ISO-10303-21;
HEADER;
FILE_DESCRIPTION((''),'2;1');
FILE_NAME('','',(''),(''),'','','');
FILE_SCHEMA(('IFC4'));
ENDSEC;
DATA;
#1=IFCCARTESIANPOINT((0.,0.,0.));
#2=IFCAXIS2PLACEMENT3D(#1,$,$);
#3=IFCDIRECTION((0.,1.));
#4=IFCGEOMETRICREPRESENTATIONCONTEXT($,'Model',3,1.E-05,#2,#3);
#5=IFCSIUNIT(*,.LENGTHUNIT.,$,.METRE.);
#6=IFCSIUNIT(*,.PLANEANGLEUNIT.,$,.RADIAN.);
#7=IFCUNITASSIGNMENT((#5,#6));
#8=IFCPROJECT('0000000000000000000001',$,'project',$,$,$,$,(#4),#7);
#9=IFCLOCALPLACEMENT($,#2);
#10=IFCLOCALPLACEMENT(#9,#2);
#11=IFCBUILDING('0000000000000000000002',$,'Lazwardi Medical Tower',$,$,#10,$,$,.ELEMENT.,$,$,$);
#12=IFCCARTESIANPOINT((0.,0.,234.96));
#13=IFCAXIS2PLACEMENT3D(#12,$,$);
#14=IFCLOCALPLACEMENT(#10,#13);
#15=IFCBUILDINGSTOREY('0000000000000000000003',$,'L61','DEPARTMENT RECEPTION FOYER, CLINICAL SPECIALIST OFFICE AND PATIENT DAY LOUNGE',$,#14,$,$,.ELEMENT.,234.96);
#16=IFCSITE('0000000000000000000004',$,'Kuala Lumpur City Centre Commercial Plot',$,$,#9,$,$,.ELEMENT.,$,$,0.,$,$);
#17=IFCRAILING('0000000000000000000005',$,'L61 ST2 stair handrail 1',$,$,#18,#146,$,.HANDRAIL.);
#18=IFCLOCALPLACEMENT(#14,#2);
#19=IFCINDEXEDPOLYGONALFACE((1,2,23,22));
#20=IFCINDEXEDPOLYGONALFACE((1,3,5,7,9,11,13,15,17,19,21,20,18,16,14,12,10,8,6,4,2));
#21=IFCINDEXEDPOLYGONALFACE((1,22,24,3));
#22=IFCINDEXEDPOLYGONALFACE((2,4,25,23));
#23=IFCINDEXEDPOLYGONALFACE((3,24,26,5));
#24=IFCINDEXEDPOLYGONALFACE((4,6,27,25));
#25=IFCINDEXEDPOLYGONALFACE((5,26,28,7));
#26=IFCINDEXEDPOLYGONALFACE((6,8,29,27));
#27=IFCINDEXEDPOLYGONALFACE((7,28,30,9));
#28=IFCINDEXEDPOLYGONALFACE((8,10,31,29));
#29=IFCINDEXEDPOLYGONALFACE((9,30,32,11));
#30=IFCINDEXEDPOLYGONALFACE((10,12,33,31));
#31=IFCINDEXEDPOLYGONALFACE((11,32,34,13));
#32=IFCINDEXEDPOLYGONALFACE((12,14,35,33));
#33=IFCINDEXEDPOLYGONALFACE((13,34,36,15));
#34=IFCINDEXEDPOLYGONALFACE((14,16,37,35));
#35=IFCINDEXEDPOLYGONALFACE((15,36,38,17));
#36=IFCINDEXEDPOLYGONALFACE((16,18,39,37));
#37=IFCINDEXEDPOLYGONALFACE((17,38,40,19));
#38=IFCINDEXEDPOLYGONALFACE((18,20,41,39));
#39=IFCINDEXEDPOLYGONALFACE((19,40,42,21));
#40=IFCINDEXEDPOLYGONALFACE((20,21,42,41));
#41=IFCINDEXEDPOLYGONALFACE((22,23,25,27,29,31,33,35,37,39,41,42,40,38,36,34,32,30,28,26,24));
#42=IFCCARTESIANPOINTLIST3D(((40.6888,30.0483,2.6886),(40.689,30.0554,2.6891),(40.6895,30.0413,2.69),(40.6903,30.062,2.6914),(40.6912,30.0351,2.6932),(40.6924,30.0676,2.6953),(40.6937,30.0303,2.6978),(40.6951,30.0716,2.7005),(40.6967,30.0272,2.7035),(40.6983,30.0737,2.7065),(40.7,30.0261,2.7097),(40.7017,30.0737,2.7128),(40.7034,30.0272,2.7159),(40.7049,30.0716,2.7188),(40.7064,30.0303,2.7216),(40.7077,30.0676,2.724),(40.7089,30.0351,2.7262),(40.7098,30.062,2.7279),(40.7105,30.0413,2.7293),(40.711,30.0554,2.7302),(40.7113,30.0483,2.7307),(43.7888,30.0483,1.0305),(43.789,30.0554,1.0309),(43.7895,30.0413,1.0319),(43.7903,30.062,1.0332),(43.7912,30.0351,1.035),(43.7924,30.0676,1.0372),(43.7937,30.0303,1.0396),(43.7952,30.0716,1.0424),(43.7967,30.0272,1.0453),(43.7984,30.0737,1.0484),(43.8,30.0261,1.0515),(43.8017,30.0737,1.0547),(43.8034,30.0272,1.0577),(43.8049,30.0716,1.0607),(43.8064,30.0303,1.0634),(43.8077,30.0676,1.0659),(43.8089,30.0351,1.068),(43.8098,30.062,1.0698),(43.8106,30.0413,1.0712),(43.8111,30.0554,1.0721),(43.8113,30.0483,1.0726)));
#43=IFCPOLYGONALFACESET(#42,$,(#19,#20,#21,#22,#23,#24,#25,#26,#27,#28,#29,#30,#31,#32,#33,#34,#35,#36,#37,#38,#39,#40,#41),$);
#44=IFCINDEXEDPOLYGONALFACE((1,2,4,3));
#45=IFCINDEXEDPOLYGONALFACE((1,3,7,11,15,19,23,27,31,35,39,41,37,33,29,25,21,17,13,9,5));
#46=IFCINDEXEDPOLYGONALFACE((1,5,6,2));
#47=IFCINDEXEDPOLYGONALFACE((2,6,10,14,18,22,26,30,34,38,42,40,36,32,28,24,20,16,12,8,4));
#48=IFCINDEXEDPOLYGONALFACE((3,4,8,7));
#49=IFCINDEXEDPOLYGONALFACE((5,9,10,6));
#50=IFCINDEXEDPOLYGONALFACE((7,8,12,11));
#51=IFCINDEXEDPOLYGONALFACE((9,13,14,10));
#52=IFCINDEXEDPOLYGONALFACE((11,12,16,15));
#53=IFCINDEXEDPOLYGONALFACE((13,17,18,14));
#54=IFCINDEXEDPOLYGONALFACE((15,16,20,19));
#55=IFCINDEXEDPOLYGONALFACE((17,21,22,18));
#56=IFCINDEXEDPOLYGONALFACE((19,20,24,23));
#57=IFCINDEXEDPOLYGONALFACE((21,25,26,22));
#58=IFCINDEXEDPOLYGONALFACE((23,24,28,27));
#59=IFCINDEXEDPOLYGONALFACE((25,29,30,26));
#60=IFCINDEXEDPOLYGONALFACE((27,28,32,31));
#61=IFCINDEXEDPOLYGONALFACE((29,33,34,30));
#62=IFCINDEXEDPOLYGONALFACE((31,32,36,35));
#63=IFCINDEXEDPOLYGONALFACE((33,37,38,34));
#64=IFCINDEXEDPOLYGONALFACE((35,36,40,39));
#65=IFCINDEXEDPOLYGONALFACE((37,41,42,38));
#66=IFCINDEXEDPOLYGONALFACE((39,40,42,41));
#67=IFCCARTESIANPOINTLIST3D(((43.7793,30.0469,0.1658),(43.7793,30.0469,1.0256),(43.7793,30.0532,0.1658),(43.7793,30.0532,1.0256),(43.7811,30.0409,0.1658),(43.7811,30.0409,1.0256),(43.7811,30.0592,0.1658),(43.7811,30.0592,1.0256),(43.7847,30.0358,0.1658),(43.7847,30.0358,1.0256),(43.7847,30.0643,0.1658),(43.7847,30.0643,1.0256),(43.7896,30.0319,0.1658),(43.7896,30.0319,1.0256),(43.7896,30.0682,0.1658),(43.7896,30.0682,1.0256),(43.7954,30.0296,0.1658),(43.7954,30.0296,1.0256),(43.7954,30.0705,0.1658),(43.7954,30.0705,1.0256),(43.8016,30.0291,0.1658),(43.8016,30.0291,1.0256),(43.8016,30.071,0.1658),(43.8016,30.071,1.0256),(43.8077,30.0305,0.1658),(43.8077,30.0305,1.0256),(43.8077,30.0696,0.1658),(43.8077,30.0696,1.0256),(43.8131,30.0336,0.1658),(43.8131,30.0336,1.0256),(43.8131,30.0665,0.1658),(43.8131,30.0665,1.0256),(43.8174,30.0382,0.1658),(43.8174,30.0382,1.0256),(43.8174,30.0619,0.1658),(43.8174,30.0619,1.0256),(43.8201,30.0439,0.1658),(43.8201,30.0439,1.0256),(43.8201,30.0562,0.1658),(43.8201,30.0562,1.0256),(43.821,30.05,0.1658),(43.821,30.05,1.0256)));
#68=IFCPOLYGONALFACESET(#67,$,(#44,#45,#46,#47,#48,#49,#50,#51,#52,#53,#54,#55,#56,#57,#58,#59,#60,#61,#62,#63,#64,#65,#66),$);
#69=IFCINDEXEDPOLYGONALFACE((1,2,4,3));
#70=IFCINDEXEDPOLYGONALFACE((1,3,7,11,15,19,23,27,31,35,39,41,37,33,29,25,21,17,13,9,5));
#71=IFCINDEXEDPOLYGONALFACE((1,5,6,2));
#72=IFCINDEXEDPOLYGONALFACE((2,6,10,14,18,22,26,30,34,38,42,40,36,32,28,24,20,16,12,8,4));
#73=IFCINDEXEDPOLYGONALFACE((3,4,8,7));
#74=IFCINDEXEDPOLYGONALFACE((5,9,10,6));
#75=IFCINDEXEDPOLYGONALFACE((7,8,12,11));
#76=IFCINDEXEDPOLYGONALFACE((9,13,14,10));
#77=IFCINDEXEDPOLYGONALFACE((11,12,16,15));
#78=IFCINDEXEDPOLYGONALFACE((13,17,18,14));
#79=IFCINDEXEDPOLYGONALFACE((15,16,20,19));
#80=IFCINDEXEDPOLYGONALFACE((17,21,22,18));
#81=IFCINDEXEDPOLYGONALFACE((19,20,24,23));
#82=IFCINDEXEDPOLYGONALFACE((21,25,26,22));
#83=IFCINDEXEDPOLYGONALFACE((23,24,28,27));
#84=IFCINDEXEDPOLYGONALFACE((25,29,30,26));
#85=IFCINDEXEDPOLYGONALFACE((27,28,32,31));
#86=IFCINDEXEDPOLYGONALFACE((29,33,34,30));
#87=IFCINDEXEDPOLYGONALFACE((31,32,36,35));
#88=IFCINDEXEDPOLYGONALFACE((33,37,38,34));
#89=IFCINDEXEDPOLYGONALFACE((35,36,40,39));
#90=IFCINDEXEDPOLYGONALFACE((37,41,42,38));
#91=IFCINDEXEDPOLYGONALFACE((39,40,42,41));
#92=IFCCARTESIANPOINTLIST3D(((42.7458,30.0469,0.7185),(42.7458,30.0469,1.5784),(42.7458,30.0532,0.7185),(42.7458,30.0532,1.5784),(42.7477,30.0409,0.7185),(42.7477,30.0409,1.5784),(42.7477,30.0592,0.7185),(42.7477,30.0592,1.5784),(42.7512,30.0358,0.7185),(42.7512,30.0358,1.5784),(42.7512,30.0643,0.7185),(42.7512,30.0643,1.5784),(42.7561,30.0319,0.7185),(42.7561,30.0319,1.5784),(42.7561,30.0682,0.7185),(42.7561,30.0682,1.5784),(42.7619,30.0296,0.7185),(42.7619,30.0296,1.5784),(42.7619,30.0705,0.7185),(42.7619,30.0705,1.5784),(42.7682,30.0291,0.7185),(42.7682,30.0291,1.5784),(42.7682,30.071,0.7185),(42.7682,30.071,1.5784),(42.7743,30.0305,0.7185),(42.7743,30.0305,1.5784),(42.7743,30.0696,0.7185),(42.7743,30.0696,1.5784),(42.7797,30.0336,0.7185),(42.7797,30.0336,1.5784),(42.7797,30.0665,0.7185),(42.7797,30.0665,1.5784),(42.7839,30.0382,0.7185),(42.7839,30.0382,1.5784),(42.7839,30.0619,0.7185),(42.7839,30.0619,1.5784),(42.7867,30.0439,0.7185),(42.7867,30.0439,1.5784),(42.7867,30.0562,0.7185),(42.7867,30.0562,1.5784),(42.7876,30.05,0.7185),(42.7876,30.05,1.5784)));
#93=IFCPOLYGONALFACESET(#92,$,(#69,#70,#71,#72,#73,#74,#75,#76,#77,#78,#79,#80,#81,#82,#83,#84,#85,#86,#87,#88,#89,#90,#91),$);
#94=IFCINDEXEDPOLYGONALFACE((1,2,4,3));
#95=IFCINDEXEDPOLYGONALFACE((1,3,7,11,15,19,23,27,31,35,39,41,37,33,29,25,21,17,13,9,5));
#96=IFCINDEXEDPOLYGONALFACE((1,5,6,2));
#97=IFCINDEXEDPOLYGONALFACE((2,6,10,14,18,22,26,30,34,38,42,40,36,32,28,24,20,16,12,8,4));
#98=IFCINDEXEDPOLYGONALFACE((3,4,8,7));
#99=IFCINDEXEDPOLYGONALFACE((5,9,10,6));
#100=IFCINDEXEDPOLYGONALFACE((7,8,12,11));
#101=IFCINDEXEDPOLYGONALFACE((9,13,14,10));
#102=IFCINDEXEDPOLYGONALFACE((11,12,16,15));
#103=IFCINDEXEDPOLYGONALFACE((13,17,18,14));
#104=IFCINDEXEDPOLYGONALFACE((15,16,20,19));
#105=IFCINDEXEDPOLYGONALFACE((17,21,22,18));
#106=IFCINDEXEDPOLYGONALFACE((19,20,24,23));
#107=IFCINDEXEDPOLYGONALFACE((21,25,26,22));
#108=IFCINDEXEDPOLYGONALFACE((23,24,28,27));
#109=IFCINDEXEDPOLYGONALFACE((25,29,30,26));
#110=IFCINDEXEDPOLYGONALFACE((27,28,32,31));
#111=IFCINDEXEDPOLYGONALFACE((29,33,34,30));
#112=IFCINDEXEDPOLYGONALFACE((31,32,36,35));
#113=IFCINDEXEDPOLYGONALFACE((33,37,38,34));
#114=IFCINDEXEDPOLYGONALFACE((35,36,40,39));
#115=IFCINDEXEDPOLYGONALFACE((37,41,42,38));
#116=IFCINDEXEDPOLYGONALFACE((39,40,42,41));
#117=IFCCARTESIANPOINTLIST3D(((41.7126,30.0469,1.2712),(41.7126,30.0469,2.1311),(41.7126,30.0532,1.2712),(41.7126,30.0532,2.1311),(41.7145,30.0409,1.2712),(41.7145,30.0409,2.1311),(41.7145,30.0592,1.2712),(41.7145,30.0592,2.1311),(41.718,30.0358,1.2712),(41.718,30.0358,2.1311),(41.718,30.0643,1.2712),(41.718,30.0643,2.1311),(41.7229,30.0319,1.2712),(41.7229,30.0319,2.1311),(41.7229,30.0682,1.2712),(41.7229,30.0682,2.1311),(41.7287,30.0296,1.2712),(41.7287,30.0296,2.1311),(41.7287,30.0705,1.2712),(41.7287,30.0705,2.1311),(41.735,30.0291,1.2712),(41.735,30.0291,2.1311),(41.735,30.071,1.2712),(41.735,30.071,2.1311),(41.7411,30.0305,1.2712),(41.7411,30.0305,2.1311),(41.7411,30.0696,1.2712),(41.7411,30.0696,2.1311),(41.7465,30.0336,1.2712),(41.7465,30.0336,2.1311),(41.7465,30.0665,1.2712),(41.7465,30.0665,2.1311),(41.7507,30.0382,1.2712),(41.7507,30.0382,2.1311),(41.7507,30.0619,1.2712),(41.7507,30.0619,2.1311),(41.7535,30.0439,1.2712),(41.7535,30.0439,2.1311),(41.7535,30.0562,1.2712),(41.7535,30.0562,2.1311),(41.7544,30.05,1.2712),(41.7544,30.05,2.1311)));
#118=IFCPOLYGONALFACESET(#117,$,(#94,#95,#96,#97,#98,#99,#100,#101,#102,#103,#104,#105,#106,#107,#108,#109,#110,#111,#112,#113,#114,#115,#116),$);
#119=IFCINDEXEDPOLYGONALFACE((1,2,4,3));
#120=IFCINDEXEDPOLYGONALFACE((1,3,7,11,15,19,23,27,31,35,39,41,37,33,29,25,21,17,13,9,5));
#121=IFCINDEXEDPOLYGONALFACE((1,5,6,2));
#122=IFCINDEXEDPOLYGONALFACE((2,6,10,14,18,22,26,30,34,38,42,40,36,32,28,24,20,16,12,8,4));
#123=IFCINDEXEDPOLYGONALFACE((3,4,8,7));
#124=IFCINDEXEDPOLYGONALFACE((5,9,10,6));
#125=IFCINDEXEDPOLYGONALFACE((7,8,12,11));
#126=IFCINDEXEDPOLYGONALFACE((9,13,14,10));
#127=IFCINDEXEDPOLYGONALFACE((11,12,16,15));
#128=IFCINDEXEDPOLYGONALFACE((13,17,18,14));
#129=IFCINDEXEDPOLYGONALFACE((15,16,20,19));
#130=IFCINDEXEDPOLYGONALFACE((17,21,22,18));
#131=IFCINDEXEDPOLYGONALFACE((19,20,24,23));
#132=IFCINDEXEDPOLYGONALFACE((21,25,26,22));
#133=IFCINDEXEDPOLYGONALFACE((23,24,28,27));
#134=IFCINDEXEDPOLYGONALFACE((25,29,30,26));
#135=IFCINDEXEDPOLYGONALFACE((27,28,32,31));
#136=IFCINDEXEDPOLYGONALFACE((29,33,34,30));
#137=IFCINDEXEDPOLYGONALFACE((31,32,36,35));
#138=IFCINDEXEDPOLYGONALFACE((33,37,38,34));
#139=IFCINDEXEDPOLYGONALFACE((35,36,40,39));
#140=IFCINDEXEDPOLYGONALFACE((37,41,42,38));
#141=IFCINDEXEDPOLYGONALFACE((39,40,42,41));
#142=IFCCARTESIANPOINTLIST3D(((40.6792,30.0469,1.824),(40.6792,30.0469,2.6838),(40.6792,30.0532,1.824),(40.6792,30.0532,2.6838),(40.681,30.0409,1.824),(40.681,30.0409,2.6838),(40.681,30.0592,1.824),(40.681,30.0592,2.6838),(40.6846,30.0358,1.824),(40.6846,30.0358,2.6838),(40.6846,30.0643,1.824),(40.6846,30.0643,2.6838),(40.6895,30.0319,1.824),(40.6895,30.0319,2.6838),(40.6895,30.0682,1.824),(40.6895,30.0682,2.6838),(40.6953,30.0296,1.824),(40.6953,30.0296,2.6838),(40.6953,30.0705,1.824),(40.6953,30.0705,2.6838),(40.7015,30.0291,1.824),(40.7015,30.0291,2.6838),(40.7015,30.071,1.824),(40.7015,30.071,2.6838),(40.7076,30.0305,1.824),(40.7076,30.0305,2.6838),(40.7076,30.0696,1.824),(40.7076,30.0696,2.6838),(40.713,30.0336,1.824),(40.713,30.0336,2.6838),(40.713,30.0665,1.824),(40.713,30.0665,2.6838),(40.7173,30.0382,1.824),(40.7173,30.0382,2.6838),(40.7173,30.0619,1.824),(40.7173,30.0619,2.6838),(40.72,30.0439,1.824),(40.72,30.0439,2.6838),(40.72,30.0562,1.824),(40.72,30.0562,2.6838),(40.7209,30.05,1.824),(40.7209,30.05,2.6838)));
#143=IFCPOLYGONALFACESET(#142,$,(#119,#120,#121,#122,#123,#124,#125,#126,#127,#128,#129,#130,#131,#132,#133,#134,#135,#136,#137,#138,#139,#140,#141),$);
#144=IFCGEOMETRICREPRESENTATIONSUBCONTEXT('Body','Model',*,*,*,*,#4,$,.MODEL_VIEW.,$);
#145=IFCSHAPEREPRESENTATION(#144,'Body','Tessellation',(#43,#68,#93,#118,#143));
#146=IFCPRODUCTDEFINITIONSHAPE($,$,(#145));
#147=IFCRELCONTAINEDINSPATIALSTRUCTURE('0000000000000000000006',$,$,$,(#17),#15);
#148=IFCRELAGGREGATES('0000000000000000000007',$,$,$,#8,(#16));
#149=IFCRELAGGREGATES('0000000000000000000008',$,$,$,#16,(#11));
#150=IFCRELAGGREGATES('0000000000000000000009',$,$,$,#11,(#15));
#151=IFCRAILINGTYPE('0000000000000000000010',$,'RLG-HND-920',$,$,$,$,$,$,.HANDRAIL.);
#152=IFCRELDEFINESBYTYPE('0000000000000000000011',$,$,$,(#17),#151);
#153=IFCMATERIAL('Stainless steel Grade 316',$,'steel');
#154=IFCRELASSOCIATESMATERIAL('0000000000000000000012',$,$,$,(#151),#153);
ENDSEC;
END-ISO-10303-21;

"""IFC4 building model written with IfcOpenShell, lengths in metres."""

from ifc_helpers import new_model, si_unit, direction, frame, origin, origin_2d, place, context, subcontext, project, spatial, circle, extrude, material, type_object, element, save


model = new_model("IFC4")

# Units and contexts
model_context = context("Model", 3, precision=1e-05, world=origin(), true_north=direction((0.0, 1.0)))
body_context = subcontext(model_context, "Body", "Model", "MODEL_VIEW")
ifc_project = project(units=[si_unit("LENGTHUNIT", "METRE"), si_unit("PLANEANGLEUNIT", "RADIAN")], contexts=[model_context])

# Site, building, storey
site_placement = place(None, origin())
site = spatial("IfcSite", under=ifc_project, at=site_placement, Name="Kuala Lumpur City Centre Commercial Plot", CompositionType="ELEMENT", RefElevation=0.0)
building_placement = place(site_placement, origin())
building = spatial("IfcBuilding", under=site, at=building_placement, Name="Lazwardi Medical Tower", CompositionType="ELEMENT")
storey_placement = place(building_placement, frame((0.0, 0.0, 234.96)))
storey = spatial("IfcBuildingStorey", under=building, at=storey_placement, Name="L61", Description="DEPARTMENT RECEPTION FOYER, CLINICAL SPECIALIST OFFICE AND PATIENT DAY LOUNGE", CompositionType="ELEMENT", Elevation=234.96)

# Railing
ifc_material_1 = material(Name="Stainless steel Grade 316", Category="steel")
railing_type = type_object("IfcRailingType", Name="RLG-HND-920", PredefinedType="HANDRAIL", material=ifc_material_1)
railing_1_placement = place(storey_placement, frame((43.8, 30.05, 0.1658)))
element("IfcRailing", 1, at=railing_1_placement, inside=storey, type_object=railing_type, Name="L61 ST2 stair handrail 1", PredefinedType="HANDRAIL", context=body_context, shape_type="SweptSolid", body=[
    extrude(circle(Radius=0.0239, at=origin_2d()), frame((0.0, 0.0, 0.8857), z_axis=(-0.881783, 0.0, 0.471655), x_axis=(0.0, -1.0, 0.0)), (0.0, 0.0, 1.0), 3.5156),
    extrude(circle(Radius=0.021, at=origin_2d()), origin(), (0.0, 0.0, 1.0), 0.8599),
    extrude(circle(Radius=0.021, at=origin_2d()), frame((-1.0334, 0.0, 0.5527)), (0.0, 0.0, 1.0), 0.8599),
    extrude(circle(Radius=0.021, at=origin_2d()), frame((-2.0667, 0.0, 1.1055)), (0.0, 0.0, 1.0), 0.8599),
    extrude(circle(Radius=0.021, at=origin_2d()), frame((-3.1001, 0.0, 1.6582)), (0.0, 0.0, 1.0), 0.8599),
])

save(model, "model.ifc")
